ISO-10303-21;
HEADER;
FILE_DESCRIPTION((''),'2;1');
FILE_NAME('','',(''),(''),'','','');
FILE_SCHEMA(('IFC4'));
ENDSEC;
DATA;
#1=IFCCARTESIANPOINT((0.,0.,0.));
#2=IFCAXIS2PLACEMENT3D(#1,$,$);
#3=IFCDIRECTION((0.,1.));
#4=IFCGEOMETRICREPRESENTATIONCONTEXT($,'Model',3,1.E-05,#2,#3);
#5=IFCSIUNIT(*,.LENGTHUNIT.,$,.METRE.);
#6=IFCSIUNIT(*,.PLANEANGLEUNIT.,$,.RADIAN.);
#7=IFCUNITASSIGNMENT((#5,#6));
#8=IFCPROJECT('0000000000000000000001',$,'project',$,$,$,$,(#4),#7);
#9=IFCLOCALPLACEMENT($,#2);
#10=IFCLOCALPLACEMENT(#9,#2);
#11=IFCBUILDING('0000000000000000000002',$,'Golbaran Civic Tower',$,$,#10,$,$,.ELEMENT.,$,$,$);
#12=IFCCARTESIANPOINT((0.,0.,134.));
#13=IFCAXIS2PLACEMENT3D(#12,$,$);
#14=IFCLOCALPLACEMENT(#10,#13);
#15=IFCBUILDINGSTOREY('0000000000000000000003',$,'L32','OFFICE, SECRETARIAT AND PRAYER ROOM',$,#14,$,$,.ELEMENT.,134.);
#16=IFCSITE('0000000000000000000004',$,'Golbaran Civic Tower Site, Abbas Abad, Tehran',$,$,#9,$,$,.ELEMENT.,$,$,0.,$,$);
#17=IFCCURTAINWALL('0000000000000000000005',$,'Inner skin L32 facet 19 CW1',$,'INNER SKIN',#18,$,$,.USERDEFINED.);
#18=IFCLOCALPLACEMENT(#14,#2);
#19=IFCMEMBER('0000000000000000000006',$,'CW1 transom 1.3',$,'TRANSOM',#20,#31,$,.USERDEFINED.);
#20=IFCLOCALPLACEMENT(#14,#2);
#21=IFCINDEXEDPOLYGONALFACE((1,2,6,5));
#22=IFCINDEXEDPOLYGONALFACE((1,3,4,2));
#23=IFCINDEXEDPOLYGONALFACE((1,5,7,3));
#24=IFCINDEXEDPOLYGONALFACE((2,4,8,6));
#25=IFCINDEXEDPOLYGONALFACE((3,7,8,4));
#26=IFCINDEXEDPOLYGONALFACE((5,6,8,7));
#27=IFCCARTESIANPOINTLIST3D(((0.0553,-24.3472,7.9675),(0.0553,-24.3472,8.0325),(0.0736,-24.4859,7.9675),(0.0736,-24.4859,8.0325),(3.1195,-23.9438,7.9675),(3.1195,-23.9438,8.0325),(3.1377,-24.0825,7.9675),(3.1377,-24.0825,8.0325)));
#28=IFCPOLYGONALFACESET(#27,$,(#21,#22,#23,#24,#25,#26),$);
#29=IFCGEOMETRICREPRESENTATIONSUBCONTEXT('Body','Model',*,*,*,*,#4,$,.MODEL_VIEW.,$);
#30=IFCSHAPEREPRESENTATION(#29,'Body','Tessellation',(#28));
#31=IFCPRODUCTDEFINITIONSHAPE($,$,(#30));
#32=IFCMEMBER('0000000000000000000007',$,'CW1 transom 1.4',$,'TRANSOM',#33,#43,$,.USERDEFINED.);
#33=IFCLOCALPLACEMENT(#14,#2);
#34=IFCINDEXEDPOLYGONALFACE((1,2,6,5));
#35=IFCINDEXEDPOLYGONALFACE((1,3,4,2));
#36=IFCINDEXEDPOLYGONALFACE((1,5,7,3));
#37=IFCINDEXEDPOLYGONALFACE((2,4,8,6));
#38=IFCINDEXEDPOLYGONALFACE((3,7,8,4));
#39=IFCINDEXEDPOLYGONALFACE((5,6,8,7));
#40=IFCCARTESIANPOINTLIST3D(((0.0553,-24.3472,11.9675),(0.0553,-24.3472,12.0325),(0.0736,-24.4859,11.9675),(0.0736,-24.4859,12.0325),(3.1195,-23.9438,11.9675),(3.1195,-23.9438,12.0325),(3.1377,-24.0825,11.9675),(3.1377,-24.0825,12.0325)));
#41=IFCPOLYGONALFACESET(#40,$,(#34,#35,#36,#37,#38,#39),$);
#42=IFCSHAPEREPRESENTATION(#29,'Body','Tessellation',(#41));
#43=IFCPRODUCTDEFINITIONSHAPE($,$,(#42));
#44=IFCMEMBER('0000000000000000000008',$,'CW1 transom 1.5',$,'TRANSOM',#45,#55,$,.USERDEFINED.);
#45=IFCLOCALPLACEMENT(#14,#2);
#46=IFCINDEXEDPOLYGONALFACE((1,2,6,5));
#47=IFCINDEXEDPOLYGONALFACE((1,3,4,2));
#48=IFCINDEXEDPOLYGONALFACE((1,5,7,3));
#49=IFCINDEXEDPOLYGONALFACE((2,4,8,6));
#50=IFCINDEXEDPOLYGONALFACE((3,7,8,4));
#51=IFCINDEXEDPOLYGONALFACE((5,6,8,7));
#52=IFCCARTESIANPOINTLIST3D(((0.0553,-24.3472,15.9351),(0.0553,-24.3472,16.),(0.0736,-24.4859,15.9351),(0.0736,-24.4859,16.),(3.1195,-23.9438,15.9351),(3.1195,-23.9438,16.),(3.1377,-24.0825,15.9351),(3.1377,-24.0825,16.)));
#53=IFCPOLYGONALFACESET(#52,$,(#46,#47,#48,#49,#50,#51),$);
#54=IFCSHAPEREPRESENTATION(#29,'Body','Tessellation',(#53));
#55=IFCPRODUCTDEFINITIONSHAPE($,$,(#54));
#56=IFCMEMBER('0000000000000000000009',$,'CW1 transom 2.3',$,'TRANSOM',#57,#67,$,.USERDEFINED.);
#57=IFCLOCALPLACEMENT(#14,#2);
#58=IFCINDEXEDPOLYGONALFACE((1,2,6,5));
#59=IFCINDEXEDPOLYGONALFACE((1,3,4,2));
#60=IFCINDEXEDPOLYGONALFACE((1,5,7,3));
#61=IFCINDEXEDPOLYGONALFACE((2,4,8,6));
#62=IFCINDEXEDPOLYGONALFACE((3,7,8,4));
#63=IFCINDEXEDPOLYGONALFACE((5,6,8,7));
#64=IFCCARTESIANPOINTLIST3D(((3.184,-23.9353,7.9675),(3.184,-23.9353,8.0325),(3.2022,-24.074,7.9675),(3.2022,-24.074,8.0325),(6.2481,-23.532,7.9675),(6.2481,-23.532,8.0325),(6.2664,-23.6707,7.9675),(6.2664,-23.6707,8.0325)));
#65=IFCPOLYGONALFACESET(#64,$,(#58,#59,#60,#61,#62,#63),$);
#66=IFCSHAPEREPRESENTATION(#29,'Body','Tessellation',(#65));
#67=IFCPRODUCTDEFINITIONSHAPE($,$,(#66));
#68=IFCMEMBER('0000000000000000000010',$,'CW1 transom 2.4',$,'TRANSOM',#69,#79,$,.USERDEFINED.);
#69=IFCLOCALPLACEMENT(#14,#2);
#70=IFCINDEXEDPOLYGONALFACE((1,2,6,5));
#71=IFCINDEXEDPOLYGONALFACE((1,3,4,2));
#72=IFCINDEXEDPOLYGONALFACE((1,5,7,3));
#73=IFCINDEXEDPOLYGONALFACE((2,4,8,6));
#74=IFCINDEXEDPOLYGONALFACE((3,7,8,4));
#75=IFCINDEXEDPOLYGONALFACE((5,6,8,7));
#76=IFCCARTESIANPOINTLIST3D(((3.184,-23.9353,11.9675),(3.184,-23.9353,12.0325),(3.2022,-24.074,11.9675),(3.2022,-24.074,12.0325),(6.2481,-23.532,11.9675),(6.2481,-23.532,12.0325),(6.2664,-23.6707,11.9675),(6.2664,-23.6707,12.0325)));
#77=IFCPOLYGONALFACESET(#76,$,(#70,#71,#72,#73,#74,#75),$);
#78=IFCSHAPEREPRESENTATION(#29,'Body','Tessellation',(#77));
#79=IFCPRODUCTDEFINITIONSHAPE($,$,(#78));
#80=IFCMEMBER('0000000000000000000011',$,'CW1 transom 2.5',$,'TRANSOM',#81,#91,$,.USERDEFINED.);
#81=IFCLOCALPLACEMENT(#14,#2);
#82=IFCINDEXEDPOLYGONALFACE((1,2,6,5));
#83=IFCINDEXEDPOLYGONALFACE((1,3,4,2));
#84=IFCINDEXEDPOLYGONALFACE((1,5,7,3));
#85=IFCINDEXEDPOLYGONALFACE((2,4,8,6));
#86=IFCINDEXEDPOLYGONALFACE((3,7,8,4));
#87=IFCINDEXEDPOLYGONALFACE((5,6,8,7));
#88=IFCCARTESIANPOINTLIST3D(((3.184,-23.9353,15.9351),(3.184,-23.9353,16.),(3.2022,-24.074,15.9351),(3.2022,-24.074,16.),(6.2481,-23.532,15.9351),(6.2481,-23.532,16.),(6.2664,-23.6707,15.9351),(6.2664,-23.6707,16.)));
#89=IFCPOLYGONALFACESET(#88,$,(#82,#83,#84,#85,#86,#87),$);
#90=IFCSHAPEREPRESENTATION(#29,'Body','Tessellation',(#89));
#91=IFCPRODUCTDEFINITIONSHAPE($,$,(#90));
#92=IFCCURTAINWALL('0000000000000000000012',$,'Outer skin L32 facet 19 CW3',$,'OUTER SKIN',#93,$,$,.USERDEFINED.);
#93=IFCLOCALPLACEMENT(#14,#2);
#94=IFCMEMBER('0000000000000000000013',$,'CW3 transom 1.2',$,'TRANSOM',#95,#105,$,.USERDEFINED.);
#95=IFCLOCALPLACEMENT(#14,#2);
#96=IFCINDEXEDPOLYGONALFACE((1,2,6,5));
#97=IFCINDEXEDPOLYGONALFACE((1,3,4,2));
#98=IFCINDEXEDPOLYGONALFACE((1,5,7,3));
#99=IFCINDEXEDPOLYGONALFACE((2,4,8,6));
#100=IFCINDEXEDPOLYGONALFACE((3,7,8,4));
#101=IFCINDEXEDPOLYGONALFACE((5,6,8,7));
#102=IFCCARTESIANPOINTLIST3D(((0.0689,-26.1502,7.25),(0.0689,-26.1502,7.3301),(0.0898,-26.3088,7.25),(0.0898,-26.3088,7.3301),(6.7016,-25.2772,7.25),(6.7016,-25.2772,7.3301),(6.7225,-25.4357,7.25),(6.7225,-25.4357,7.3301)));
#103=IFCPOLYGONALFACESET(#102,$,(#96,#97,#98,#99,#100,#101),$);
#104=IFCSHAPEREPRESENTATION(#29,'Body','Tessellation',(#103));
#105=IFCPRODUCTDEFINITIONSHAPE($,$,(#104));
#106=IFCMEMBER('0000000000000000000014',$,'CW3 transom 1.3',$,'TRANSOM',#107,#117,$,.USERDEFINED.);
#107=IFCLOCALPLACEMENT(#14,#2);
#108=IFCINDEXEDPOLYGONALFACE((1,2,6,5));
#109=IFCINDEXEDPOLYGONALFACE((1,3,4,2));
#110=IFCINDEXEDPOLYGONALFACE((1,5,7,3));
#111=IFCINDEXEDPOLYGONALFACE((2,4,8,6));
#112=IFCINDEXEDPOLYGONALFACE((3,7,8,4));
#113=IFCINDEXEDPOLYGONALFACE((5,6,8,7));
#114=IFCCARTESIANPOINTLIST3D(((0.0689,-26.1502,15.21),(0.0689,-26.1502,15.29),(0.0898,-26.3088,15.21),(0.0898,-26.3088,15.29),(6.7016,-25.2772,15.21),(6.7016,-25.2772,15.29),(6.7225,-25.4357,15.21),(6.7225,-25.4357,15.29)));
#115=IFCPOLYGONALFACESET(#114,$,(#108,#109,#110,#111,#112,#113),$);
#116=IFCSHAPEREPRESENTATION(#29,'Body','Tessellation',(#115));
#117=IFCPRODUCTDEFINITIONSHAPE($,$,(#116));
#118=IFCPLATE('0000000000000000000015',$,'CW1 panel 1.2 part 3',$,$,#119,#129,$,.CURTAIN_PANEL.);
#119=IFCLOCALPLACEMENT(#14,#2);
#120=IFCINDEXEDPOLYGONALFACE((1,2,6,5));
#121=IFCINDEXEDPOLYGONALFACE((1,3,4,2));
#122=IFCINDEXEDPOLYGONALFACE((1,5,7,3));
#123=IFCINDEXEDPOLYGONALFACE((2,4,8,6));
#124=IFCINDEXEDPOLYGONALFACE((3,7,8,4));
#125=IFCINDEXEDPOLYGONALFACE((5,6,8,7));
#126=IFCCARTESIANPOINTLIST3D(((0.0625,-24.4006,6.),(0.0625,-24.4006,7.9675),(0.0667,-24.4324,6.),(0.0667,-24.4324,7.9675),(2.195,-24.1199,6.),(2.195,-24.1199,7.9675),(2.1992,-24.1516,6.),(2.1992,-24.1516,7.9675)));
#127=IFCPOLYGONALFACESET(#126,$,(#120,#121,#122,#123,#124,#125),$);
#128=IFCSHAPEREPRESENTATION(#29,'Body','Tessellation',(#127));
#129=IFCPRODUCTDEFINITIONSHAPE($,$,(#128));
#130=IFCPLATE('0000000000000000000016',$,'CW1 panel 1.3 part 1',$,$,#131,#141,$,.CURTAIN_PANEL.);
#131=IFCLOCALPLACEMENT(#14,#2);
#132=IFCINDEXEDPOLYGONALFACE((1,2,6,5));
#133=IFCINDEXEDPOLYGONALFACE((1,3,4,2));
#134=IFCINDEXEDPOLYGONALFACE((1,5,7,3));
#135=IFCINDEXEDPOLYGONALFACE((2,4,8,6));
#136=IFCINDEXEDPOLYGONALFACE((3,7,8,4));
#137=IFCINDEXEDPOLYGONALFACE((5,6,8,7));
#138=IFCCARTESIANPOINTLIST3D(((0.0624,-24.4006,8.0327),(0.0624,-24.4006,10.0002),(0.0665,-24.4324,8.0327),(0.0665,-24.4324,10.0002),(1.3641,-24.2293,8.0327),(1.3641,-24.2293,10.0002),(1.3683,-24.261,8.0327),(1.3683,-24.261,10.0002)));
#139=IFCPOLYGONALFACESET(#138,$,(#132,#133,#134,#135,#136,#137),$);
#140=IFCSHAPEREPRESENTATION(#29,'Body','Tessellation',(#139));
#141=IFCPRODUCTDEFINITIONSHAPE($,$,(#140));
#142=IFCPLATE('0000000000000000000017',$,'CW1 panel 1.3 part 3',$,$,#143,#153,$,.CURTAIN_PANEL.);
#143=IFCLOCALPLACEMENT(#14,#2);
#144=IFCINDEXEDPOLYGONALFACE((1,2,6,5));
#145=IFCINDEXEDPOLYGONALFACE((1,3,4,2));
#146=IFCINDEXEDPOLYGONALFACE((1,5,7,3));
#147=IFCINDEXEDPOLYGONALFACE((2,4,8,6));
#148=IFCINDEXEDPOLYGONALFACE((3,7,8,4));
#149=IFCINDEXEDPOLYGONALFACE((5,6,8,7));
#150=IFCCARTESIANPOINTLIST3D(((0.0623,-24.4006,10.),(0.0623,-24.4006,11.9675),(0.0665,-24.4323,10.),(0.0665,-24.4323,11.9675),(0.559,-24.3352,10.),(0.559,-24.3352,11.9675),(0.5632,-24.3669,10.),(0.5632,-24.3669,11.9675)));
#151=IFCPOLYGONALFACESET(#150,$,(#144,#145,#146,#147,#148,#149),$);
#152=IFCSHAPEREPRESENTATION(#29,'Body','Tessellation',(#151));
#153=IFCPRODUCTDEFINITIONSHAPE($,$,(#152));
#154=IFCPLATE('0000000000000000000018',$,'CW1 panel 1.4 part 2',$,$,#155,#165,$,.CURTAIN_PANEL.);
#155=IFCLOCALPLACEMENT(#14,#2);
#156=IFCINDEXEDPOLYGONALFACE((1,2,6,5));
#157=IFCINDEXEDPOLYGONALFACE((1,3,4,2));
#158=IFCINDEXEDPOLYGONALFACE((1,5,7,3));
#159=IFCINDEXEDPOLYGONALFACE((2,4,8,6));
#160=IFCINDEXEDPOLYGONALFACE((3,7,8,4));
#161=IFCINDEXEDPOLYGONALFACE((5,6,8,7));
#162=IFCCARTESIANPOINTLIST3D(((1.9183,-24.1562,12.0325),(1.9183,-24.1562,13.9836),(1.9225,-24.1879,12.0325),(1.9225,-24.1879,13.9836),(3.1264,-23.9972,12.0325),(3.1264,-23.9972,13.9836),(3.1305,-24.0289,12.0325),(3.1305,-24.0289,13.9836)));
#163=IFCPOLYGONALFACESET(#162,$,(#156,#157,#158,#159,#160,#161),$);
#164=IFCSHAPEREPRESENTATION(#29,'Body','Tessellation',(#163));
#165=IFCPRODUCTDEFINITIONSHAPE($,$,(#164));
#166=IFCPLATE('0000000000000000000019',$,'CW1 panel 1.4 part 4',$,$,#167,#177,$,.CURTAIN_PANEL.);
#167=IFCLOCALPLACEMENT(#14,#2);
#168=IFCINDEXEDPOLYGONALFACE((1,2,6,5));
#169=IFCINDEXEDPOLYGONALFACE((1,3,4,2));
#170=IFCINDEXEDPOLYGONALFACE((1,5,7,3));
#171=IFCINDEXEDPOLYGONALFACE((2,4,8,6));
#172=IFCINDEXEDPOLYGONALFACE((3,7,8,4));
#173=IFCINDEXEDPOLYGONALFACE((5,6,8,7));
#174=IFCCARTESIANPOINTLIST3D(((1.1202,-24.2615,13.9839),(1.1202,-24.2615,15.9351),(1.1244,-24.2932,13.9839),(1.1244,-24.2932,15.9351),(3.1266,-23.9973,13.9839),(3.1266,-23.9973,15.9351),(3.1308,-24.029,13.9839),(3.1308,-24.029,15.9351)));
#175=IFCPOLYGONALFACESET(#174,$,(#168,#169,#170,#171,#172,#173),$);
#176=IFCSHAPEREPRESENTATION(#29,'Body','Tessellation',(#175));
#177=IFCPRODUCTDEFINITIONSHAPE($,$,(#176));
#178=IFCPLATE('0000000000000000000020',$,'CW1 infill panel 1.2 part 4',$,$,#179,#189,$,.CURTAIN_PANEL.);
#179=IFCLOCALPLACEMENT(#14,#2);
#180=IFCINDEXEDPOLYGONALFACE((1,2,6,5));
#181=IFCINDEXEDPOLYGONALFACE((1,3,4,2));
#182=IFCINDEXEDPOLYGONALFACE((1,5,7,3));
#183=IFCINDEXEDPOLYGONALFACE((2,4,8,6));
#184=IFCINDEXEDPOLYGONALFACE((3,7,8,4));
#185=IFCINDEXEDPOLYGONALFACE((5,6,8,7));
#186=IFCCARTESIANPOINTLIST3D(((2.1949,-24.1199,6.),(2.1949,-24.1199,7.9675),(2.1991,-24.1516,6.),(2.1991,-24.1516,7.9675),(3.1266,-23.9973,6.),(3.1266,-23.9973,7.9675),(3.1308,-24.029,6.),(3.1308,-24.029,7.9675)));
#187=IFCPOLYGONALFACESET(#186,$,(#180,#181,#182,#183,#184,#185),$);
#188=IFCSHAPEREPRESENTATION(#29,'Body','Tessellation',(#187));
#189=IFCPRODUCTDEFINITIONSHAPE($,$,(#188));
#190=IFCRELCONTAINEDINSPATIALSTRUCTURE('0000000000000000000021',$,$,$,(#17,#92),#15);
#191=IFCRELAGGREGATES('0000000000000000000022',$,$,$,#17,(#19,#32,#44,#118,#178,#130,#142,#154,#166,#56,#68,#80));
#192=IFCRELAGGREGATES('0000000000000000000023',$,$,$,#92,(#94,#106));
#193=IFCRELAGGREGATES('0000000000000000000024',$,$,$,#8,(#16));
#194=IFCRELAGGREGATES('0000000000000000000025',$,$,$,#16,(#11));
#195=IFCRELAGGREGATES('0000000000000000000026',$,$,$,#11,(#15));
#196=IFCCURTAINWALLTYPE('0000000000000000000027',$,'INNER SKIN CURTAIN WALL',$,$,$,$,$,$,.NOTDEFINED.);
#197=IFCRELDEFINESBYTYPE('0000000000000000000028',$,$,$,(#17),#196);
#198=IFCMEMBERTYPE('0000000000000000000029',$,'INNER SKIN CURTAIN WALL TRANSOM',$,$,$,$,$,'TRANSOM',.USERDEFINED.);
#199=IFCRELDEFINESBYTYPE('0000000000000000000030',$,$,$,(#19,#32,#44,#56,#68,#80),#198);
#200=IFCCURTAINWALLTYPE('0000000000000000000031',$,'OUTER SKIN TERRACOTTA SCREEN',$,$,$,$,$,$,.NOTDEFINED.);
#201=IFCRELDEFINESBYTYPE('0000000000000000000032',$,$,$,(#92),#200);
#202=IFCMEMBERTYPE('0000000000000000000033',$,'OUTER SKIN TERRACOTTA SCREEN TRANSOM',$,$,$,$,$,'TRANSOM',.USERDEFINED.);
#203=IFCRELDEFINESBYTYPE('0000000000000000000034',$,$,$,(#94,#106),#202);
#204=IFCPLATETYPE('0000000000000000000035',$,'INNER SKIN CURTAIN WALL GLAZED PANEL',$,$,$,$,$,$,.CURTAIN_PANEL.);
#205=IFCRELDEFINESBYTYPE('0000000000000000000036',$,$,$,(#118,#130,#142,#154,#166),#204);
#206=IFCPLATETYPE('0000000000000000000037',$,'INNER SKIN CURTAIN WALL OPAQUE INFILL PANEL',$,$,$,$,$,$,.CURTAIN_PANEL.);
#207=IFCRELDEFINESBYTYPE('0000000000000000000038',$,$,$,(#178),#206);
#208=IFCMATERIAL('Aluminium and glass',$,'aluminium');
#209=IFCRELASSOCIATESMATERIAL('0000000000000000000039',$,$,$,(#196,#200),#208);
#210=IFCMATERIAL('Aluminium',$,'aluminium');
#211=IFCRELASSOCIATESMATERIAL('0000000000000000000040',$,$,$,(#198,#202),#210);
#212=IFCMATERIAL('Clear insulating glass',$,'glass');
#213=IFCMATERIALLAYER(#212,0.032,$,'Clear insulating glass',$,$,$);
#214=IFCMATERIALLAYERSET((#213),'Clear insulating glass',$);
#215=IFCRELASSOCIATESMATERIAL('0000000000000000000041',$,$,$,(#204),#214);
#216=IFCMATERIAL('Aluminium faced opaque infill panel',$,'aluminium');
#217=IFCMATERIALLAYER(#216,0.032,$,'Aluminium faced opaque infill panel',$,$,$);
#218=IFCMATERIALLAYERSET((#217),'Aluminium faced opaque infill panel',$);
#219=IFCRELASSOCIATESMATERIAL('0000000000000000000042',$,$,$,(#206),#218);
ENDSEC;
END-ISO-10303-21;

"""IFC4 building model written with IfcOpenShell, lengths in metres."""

from ifc_helpers import new_model, si_unit, direction, frame, origin, origin_2d, place, context, subcontext, project, spatial, rectangle, extrude, material, layer, layer_set, material_profile, profile_set, type_object, element, aggregate, save


model = new_model("IFC4")

# Units and contexts
model_context = context("Model", 3, precision=1e-05, world=origin(), true_north=direction((0.0, 1.0)))
body_context = subcontext(model_context, "Body", "Model", "MODEL_VIEW")
ifc_project = project(units=[si_unit("LENGTHUNIT", "METRE"), si_unit("PLANEANGLEUNIT", "RADIAN")], contexts=[model_context])

# Site, building, storey
site_placement = place(None, origin())
site = spatial("IfcSite", under=ifc_project, at=site_placement, Name="Golbaran Civic Tower Site, Abbas Abad, Tehran", CompositionType="ELEMENT", RefElevation=0.0)
building_placement = place(site_placement, origin())
building = spatial("IfcBuilding", under=site, at=building_placement, Name="Golbaran Civic Tower", CompositionType="ELEMENT")
storey_placement = place(building_placement, frame((0.0, 0.0, 134.0)))
storey = spatial("IfcBuildingStorey", under=building, at=storey_placement, Name="L32", Description="OFFICE, SECRETARIAT AND PRAYER ROOM", CompositionType="ELEMENT", Elevation=134.0)

# Curtain walls, members
ifc_material_1 = material(Name="Aluminium and glass", Category="aluminium")
curtain_wall_type_1 = type_object("IfcCurtainWallType", Name="INNER SKIN CURTAIN WALL", PredefinedType="NOTDEFINED", material=ifc_material_1)
curtain_wall_1_placement = place(storey_placement, origin())
curtain_wall_1 = element("IfcCurtainWall", 1, at=curtain_wall_1_placement, inside=storey, type_object=curtain_wall_type_1, Name="Inner skin L32 facet 19 CW1", ObjectType="INNER SKIN", PredefinedType="USERDEFINED")
ifc_material_2 = material(Name="Aluminium", Category="aluminium")
ifc_material_profile_1 = material_profile(ifc_material_2, rectangle(XDim=0.1399, YDim=0.0649, at=origin_2d()), Name="INNER SKIN CURTAIN WALL TRANSOM")
ifc_profile_set_1 = profile_set([ifc_material_profile_1], Name="Aluminium")
member_type_1 = type_object("IfcMemberType", Name="INNER SKIN CURTAIN WALL TRANSOM", ElementType="TRANSOM", PredefinedType="USERDEFINED", material=ifc_profile_set_1)
member_1_placement = place(storey_placement, frame((0.0645, -24.4165, 8.0), z_axis=(0.991449, 0.130497, 0.0), x_axis=(-0.130497, 0.991449, 0.0)))
member_1 = element("IfcMember", 2, at=member_1_placement, type_object=member_type_1, Name="CW1 transom 1.3", ObjectType="TRANSOM", PredefinedType="USERDEFINED", context=body_context, shape_type="SweptSolid", body=[
    extrude(rectangle(XDim=0.1399, YDim=0.0649, at=origin_2d()), origin(), (0.0, 0.0, 1.0), 3.0906),
])
member_2_placement = place(storey_placement, frame((0.0645, -24.4165, 12.0), z_axis=(0.991449, 0.130497, 0.0), x_axis=(-0.130497, 0.991449, 0.0)))
member_2 = element("IfcMember", 3, at=member_2_placement, type_object=member_type_1, Name="CW1 transom 1.4", ObjectType="TRANSOM", PredefinedType="USERDEFINED", context=body_context, shape_type="SweptSolid", body=[
    extrude(rectangle(XDim=0.1399, YDim=0.0649, at=origin_2d()), origin(), (0.0, 0.0, 1.0), 3.0906),
])
member_3_placement = place(storey_placement, frame((0.0645, -24.4165, 15.9675), z_axis=(0.991449, 0.130497, 0.0), x_axis=(-0.130497, 0.991449, 0.0)))
member_3 = element("IfcMember", 4, at=member_3_placement, type_object=member_type_1, Name="CW1 transom 1.5", ObjectType="TRANSOM", PredefinedType="USERDEFINED", context=body_context, shape_type="SweptSolid", body=[
    extrude(rectangle(XDim=0.1399, YDim=0.0649, at=origin_2d()), origin(), (0.0, 0.0, 1.0), 3.0906),
])
member_4_placement = place(storey_placement, frame((3.1931, -24.0046, 8.0), z_axis=(0.991449, 0.130497, 0.0), x_axis=(-0.130497, 0.991449, 0.0)))
member_4 = element("IfcMember", 5, at=member_4_placement, type_object=member_type_1, Name="CW1 transom 2.3", ObjectType="TRANSOM", PredefinedType="USERDEFINED", context=body_context, shape_type="SweptSolid", body=[
    extrude(rectangle(XDim=0.1399, YDim=0.0649, at=origin_2d()), origin(), (0.0, 0.0, 1.0), 3.0906),
])
member_5_placement = place(storey_placement, frame((3.1931, -24.0046, 12.0), z_axis=(0.991449, 0.130497, 0.0), x_axis=(-0.130497, 0.991449, 0.0)))
member_5 = element("IfcMember", 6, at=member_5_placement, type_object=member_type_1, Name="CW1 transom 2.4", ObjectType="TRANSOM", PredefinedType="USERDEFINED", context=body_context, shape_type="SweptSolid", body=[
    extrude(rectangle(XDim=0.1399, YDim=0.0649, at=origin_2d()), origin(), (0.0, 0.0, 1.0), 3.0906),
])
member_6_placement = place(storey_placement, frame((3.1931, -24.0046, 15.9675), z_axis=(0.991449, 0.130497, 0.0), x_axis=(-0.130497, 0.991449, 0.0)))
member_6 = element("IfcMember", 7, at=member_6_placement, type_object=member_type_1, Name="CW1 transom 2.5", ObjectType="TRANSOM", PredefinedType="USERDEFINED", context=body_context, shape_type="SweptSolid", body=[
    extrude(rectangle(XDim=0.1399, YDim=0.0649, at=origin_2d()), origin(), (0.0, 0.0, 1.0), 3.0906),
])
curtain_wall_type_2 = type_object("IfcCurtainWallType", Name="OUTER SKIN TERRACOTTA SCREEN", PredefinedType="NOTDEFINED", material=ifc_material_1)
curtain_wall_2_placement = place(storey_placement, origin())
curtain_wall_2 = element("IfcCurtainWall", 8, at=curtain_wall_2_placement, inside=storey, type_object=curtain_wall_type_2, Name="Outer skin L32 facet 19 CW3", ObjectType="OUTER SKIN", PredefinedType="USERDEFINED")
ifc_material_profile_2 = material_profile(ifc_material_2, rectangle(XDim=0.1599, YDim=0.0801, at=origin_2d()), Name="OUTER SKIN TERRACOTTA SCREEN TRANSOM")
ifc_profile_set_2 = profile_set([ifc_material_profile_2], Name="Aluminium")
member_type_2 = type_object("IfcMemberType", Name="OUTER SKIN TERRACOTTA SCREEN TRANSOM", ElementType="TRANSOM", PredefinedType="USERDEFINED", material=ifc_profile_set_2)
member_7_placement = place(storey_placement, frame((0.0793, -26.2295, 7.29), z_axis=(0.991448, 0.1305, 0.0), x_axis=(-0.1305, 0.991448, 0.0)))
member_7 = element("IfcMember", 9, at=member_7_placement, type_object=member_type_2, Name="CW3 transom 1.2", ObjectType="TRANSOM", PredefinedType="USERDEFINED", context=body_context, shape_type="SweptSolid", body=[
    extrude(rectangle(XDim=0.1599, YDim=0.0801, at=origin_2d()), origin(), (0.0, 0.0, 1.0), 6.6899),
])
member_8_placement = place(storey_placement, frame((0.0793, -26.2295, 15.25), z_axis=(0.991448, 0.1305, 0.0), x_axis=(-0.1305, 0.991448, 0.0)))
member_8 = element("IfcMember", 10, at=member_8_placement, type_object=member_type_2, Name="CW3 transom 1.3", ObjectType="TRANSOM", PredefinedType="USERDEFINED", context=body_context, shape_type="SweptSolid", body=[
    extrude(rectangle(XDim=0.1599, YDim=0.0801, at=origin_2d()), origin(), (0.0, 0.0, 1.0), 6.6899),
])

# Plates
ifc_material_3 = material(Name="Clear insulating glass", Category="glass")
ifc_layer_1 = layer(ifc_material_3, 0.032, Name="Clear insulating glass")
ifc_layer_set_1 = layer_set([ifc_layer_1], Name="Clear insulating glass")
plate_type_1 = type_object("IfcPlateType", Name="INNER SKIN CURTAIN WALL GLAZED PANEL", PredefinedType="CURTAIN_PANEL", material=ifc_layer_set_1)
plate_1_placement = place(storey_placement, frame((1.1309, -24.2761, 6.0), z_axis=(0.0, 0.0, 1.0), x_axis=(0.991445, 0.130526, 0.0)))
plate_1 = element("IfcPlate", 11, at=plate_1_placement, type_object=plate_type_1, Name="CW1 panel 1.2 part 3", PredefinedType="CURTAIN_PANEL", context=body_context, shape_type="SweptSolid", body=[
    extrude(rectangle(XDim=2.1509, YDim=0.032, at=origin_2d()), origin(), (0.0, 0.0, 1.0), 1.9675),
])
plate_2_placement = place(storey_placement, frame((0.7153, -24.3308, 8.0327), z_axis=(0.0, 0.0, 1.0), x_axis=(0.991445, 0.130526, 0.0)))
plate_2 = element("IfcPlate", 12, at=plate_2_placement, type_object=plate_type_1, Name="CW1 panel 1.3 part 1", PredefinedType="CURTAIN_PANEL", context=body_context, shape_type="SweptSolid", body=[
    extrude(rectangle(XDim=1.313, YDim=0.032, at=origin_2d()), origin(), (0.0, 0.0, 1.0), 1.9675),
])
plate_3_placement = place(storey_placement, frame((0.3127, -24.3838, 10.0), z_axis=(0.0, 0.0, 1.0), x_axis=(0.991445, 0.130526, 0.0)))
plate_3 = element("IfcPlate", 13, at=plate_3_placement, type_object=plate_type_1, Name="CW1 panel 1.3 part 3", PredefinedType="CURTAIN_PANEL", context=body_context, shape_type="SweptSolid", body=[
    extrude(rectangle(XDim=0.501, YDim=0.032, at=origin_2d()), origin(), (0.0, 0.0, 1.0), 1.9675),
])
plate_4_placement = place(storey_placement, frame((2.5244, -24.0925, 12.0325), z_axis=(0.0, 0.0, 1.0), x_axis=(0.991445, 0.130526, 0.0)))
plate_4 = element("IfcPlate", 14, at=plate_4_placement, type_object=plate_type_1, Name="CW1 panel 1.4 part 2", PredefinedType="CURTAIN_PANEL", context=body_context, shape_type="SweptSolid", body=[
    extrude(rectangle(XDim=1.2185, YDim=0.032, at=origin_2d()), origin(), (0.0, 0.0, 1.0), 1.9512),
])
plate_5_placement = place(storey_placement, frame((2.1255, -24.1453, 13.9839), z_axis=(0.0, 0.0, 1.0), x_axis=(0.991445, 0.130526, 0.0)))
plate_5 = element("IfcPlate", 15, at=plate_5_placement, type_object=plate_type_1, Name="CW1 panel 1.4 part 4", PredefinedType="CURTAIN_PANEL", context=body_context, shape_type="SweptSolid", body=[
    extrude(rectangle(XDim=2.0237, YDim=0.032, at=origin_2d()), origin(), (0.0, 0.0, 1.0), 1.9512),
])
ifc_material_4 = material(Name="Aluminium faced opaque infill panel", Category="aluminium")
ifc_layer_2 = layer(ifc_material_4, 0.032, Name="Aluminium faced opaque infill panel")
ifc_layer_set_2 = layer_set([ifc_layer_2], Name="Aluminium faced opaque infill panel")
plate_type_2 = type_object("IfcPlateType", Name="INNER SKIN CURTAIN WALL OPAQUE INFILL PANEL", PredefinedType="CURTAIN_PANEL", material=ifc_layer_set_2)
plate_6_placement = place(storey_placement, frame((2.6628, -24.0745, 6.0), z_axis=(0.0, 0.0, 1.0), x_axis=(0.991445, 0.130526, 0.0)))
plate_6 = element("IfcPlate", 16, at=plate_6_placement, type_object=plate_type_2, Name="CW1 infill panel 1.2 part 4", PredefinedType="CURTAIN_PANEL", context=body_context, shape_type="SweptSolid", body=[
    extrude(rectangle(XDim=0.9397, YDim=0.032, at=origin_2d()), origin(), (0.0, 0.0, 1.0), 1.9675),
])
aggregate(curtain_wall_1, [member_1, member_2, member_3, plate_1, plate_6, plate_2, plate_3, plate_4, plate_5, member_4, member_5, member_6])
aggregate(curtain_wall_2, [member_7, member_8])

save(model, "model.ifc")
